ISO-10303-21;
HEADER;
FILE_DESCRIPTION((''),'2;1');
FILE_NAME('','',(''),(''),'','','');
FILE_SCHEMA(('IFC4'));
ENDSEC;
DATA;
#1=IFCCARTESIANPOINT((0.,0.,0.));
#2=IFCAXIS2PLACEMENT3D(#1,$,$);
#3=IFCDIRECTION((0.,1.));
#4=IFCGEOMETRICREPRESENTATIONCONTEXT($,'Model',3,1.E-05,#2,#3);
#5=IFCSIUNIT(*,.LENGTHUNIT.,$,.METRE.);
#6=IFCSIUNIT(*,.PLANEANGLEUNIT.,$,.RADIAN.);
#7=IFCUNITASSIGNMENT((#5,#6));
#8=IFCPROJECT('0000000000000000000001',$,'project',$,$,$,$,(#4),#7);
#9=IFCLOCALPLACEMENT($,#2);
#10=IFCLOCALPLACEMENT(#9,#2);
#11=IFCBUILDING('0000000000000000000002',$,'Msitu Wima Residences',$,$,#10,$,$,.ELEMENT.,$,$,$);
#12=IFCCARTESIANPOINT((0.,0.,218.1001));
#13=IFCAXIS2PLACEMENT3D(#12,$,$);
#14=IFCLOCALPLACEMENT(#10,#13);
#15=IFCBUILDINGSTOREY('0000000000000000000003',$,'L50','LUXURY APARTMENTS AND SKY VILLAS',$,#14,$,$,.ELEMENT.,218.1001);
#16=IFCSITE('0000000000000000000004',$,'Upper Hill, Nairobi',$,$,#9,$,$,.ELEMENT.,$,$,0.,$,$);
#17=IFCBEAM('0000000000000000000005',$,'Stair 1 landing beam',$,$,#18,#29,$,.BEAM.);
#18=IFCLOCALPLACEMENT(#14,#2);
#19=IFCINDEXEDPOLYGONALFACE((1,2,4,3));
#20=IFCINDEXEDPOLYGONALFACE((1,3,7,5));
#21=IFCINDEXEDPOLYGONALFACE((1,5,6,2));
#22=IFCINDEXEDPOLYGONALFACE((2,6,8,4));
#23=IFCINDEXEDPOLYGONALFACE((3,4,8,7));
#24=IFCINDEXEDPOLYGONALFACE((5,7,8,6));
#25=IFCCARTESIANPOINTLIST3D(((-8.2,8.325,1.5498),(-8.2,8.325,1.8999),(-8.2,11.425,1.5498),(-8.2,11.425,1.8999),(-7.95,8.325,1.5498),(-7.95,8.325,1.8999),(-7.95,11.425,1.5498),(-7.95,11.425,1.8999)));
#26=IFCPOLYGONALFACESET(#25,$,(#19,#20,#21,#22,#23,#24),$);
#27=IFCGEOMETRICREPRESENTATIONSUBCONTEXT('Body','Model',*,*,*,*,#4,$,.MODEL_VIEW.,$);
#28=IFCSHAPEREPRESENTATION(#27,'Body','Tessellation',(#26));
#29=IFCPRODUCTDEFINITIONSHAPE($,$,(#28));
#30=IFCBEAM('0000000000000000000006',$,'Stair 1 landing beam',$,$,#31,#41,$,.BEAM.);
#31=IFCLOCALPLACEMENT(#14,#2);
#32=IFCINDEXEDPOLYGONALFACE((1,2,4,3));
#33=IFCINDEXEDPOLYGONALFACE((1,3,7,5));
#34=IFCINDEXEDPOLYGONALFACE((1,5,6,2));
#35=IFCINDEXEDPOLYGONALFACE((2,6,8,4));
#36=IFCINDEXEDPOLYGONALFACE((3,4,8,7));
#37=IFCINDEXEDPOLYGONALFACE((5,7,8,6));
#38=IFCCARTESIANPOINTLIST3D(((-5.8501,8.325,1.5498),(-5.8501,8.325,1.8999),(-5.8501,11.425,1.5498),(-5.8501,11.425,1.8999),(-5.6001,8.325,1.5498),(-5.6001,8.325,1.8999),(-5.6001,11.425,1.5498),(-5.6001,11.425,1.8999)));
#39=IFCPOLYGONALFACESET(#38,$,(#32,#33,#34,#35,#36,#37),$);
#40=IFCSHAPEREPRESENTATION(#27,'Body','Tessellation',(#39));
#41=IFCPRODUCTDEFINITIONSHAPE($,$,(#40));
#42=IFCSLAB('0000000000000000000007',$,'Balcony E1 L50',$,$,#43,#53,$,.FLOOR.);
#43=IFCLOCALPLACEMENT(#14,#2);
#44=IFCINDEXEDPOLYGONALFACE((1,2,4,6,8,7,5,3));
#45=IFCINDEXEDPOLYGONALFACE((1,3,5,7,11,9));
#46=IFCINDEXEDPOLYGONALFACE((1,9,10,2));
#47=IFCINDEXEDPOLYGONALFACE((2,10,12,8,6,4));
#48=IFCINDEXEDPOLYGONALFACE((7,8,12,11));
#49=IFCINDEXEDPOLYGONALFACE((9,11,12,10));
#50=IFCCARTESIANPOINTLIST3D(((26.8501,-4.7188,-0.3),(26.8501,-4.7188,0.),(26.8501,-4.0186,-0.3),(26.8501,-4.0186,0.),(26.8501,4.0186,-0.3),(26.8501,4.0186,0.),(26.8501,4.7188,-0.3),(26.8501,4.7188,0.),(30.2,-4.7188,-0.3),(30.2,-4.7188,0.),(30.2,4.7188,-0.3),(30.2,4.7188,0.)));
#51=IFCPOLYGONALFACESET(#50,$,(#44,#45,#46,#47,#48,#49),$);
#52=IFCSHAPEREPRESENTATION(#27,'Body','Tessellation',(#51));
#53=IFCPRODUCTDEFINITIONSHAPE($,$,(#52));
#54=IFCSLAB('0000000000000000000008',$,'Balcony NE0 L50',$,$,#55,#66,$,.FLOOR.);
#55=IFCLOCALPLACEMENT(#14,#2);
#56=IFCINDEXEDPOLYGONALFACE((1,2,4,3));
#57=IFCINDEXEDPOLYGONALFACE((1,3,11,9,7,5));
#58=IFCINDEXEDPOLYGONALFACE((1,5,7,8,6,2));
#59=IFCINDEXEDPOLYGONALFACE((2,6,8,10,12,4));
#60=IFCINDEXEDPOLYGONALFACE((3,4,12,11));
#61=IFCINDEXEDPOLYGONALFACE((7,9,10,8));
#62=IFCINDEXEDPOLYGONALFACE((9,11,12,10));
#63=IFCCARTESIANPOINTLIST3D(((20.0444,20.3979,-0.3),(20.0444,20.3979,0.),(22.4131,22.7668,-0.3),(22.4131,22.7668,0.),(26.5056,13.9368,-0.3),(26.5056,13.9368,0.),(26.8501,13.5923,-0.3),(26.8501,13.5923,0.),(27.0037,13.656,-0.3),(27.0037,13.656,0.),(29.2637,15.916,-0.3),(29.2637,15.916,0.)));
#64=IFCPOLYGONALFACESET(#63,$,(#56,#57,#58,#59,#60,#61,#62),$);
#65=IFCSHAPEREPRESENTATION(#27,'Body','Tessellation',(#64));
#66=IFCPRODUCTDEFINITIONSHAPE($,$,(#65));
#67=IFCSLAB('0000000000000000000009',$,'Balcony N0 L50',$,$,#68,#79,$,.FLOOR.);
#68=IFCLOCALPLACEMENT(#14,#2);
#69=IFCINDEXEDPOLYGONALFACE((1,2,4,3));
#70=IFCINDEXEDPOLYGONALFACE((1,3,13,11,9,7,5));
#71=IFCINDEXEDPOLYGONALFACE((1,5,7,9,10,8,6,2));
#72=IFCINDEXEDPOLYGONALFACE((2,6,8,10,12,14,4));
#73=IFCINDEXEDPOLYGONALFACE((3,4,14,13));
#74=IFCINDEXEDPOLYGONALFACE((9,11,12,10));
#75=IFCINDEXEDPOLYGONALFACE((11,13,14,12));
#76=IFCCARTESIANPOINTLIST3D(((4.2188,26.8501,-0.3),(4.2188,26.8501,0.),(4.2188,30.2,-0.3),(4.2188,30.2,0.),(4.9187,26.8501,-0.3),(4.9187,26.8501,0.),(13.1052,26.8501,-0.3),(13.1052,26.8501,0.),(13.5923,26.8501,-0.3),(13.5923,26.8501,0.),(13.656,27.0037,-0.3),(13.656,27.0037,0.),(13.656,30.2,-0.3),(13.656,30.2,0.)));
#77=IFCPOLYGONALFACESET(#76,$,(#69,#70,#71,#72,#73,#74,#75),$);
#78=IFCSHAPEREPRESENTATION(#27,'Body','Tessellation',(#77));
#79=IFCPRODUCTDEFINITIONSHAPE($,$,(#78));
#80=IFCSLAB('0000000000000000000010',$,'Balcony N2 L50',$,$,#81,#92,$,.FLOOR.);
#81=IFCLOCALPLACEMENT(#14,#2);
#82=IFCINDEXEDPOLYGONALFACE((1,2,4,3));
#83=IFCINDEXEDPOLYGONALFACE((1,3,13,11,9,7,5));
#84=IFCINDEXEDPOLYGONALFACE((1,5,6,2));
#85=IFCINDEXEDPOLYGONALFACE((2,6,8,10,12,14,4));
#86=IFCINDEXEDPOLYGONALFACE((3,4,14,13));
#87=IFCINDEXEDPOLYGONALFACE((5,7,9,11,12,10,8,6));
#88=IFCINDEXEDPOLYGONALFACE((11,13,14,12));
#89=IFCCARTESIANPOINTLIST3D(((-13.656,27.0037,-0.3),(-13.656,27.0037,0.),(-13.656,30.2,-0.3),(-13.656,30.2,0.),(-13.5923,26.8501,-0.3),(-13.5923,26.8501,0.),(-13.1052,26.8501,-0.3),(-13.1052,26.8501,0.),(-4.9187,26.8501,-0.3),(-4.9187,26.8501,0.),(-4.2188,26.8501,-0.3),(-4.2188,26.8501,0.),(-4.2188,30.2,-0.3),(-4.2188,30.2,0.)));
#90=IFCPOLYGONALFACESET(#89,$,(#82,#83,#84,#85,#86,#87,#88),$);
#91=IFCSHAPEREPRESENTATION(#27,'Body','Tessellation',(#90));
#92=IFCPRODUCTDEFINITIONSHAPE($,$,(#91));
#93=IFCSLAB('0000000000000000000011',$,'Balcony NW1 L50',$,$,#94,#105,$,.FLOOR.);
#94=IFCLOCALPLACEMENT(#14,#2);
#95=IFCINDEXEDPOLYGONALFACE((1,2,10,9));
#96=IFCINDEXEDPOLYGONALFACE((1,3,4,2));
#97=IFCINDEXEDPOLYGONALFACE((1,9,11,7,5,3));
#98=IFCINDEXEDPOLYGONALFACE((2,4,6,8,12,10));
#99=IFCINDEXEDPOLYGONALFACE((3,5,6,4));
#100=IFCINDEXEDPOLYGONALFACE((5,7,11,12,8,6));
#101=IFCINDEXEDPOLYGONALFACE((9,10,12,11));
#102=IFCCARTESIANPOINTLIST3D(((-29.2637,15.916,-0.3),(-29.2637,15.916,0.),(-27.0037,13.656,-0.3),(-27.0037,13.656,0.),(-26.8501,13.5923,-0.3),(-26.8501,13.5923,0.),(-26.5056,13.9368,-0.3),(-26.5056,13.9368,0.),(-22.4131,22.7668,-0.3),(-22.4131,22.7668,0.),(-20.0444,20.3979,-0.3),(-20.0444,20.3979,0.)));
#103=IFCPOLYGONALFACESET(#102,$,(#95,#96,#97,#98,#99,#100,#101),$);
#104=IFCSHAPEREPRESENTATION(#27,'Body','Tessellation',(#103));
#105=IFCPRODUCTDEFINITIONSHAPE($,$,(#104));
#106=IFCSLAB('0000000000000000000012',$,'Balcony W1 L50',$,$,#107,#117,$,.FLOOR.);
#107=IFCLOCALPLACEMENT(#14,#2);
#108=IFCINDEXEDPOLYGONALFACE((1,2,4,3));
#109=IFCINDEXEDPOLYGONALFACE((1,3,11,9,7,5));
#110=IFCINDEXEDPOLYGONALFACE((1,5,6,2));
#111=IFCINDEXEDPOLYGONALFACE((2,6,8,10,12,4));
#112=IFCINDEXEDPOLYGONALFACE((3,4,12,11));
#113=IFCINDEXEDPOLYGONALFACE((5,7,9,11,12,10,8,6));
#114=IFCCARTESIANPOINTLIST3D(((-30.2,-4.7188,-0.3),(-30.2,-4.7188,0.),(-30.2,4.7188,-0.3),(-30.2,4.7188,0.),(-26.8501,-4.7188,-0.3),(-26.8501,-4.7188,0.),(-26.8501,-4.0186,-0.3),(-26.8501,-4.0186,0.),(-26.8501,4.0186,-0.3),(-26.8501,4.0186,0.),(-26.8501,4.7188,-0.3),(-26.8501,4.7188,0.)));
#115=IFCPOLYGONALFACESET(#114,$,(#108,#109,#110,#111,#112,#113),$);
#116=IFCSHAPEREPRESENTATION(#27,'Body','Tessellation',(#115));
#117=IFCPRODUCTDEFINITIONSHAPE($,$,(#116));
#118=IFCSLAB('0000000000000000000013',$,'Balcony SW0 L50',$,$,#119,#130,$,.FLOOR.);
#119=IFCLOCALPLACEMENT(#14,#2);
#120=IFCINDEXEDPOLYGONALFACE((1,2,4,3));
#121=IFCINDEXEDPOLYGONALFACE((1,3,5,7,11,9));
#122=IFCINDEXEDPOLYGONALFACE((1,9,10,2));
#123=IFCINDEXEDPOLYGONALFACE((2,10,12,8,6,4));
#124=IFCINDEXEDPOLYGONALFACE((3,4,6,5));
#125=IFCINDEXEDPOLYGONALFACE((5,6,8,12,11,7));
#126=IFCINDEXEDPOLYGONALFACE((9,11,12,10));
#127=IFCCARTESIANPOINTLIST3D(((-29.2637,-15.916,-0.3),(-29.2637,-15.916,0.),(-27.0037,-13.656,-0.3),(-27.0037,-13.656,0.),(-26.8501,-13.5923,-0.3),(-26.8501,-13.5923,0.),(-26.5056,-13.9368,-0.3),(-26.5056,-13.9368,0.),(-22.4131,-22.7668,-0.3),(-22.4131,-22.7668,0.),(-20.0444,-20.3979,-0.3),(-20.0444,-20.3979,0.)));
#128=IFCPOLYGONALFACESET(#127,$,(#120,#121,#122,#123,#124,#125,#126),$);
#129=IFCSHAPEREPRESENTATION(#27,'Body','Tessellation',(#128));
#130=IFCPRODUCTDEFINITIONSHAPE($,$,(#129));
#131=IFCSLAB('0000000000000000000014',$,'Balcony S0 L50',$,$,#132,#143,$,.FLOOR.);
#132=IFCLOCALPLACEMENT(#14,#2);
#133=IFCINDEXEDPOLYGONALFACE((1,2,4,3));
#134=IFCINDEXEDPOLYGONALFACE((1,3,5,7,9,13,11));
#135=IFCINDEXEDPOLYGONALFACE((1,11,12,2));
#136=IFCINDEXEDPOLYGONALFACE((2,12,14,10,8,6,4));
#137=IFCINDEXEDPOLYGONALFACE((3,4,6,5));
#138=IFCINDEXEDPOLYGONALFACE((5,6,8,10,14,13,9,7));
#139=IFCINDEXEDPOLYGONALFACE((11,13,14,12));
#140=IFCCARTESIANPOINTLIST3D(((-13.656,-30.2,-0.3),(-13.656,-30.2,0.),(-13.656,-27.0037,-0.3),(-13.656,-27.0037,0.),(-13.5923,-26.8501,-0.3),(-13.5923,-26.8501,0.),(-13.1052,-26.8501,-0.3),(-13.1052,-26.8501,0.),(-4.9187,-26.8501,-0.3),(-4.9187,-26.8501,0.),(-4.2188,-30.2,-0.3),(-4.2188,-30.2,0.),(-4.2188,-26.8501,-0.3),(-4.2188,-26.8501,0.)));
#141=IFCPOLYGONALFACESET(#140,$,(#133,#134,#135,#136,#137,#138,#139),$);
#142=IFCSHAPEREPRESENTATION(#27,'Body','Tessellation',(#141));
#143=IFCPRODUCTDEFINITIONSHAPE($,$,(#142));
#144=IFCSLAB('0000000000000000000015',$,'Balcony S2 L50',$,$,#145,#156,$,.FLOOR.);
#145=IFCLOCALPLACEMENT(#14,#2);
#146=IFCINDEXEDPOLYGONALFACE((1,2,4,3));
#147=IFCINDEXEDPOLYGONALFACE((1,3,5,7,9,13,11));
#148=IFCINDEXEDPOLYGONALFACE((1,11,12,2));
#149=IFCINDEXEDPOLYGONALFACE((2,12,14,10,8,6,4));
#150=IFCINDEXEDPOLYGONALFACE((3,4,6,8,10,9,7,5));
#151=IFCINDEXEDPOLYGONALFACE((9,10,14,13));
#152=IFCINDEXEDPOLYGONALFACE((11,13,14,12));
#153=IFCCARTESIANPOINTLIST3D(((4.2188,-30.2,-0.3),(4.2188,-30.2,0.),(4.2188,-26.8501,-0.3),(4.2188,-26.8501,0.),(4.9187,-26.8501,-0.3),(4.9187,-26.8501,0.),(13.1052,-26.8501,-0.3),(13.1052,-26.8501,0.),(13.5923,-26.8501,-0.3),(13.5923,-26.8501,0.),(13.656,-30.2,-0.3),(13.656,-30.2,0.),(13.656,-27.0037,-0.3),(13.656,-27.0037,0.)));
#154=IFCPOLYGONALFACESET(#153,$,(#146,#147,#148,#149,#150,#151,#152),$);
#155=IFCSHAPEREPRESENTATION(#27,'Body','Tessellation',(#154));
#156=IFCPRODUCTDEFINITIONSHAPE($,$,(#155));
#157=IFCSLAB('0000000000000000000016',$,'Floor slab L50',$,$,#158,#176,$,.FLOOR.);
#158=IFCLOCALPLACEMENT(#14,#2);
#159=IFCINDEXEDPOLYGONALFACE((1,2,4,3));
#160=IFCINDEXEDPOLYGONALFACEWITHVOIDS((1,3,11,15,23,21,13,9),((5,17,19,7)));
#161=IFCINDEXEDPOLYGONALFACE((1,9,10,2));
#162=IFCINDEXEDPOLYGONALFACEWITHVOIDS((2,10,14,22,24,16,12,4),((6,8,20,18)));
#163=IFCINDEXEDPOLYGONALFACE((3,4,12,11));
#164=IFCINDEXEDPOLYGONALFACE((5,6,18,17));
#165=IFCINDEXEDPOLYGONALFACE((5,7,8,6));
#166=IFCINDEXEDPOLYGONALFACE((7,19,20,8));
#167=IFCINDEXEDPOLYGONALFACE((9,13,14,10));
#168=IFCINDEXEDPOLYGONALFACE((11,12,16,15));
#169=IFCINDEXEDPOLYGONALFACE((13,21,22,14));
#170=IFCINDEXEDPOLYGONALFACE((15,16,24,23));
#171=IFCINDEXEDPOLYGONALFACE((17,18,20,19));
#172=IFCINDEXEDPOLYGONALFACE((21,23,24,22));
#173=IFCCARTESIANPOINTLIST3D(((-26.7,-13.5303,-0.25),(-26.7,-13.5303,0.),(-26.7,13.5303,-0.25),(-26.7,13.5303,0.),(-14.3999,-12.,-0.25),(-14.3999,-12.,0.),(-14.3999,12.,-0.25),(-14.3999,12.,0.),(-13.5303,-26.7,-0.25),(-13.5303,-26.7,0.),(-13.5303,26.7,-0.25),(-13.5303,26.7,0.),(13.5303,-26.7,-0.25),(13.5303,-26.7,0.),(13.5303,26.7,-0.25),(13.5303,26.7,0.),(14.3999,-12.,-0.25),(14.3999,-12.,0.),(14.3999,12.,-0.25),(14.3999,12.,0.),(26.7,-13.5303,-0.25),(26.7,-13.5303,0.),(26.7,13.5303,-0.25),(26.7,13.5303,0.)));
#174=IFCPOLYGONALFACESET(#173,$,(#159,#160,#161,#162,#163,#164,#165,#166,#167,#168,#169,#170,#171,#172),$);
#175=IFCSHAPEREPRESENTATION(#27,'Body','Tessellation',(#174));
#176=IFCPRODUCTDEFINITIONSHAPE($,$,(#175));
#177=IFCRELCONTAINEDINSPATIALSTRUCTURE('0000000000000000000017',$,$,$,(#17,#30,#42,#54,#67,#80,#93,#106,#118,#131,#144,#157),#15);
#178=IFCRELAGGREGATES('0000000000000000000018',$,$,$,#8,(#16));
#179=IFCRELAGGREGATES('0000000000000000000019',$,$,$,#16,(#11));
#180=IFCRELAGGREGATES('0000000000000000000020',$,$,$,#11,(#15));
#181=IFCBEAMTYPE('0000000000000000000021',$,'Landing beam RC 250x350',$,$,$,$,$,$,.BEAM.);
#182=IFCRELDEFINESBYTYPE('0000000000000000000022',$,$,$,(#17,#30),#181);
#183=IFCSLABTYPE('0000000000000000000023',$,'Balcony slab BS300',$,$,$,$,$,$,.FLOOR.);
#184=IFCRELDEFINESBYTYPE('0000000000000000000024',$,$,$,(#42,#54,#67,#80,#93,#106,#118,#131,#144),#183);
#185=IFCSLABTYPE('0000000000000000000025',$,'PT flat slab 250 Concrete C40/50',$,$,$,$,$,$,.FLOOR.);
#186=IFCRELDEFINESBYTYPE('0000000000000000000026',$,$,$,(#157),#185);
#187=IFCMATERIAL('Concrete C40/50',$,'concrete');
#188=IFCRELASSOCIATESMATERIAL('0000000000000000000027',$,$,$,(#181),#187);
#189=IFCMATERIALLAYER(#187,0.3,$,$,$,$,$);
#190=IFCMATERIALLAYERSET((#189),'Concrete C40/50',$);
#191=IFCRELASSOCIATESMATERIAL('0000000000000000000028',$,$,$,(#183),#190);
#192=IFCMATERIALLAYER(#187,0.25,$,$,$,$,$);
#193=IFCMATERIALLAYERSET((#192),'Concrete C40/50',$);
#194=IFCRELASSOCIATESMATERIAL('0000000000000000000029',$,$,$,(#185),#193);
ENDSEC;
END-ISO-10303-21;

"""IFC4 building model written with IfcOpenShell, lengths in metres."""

from ifc_helpers import new_model, si_unit, direction, frame, origin, origin_2d, place, context, subcontext, project, spatial, polyline, rectangle, outline, extrude, material, layer, layer_set, material_profile, profile_set, type_object, element, save


model = new_model("IFC4")

# Units and contexts
model_context = context("Model", 3, precision=1e-05, world=origin(), true_north=direction((0.0, 1.0)))
body_context = subcontext(model_context, "Body", "Model", "MODEL_VIEW")
ifc_project = project(units=[si_unit("LENGTHUNIT", "METRE"), si_unit("PLANEANGLEUNIT", "RADIAN")], contexts=[model_context])

# Site, building, storey
site_placement = place(None, origin())
site = spatial("IfcSite", under=ifc_project, at=site_placement, Name="Upper Hill, Nairobi", CompositionType="ELEMENT", RefElevation=0.0)
building_placement = place(site_placement, origin())
building = spatial("IfcBuilding", under=site, at=building_placement, Name="Msitu Wima Residences", CompositionType="ELEMENT")
storey_placement = place(building_placement, frame((0.0, 0.0, 218.1001)))
storey = spatial("IfcBuildingStorey", under=building, at=storey_placement, Name="L50", Description="LUXURY APARTMENTS AND SKY VILLAS", CompositionType="ELEMENT", Elevation=218.1001)

# Beams
ifc_material_1 = material(Name="Concrete C40/50", Category="concrete")
ifc_material_profile = material_profile(ifc_material_1, rectangle(XDim=0.25, YDim=0.3501, at=origin_2d()), Name="RC 250x350")
ifc_profile_set = profile_set([ifc_material_profile], Name="Concrete C40/50")
beam_type = type_object("IfcBeamType", Name="Landing beam RC 250x350", PredefinedType="BEAM", material=ifc_profile_set)
for number, where, z_axis, x_axis, name in (
    (1, (-8.075, 8.325, 1.7249), (0.0, 1.0, 0.0), (-1.0, 0.0, 0.0), "Stair 1 landing beam"),
    (2, (-5.7251, 8.325, 1.7249), (0.0, 1.0, 0.0), (-1.0, 0.0, 0.0), "Stair 1 landing beam"),
):
    element("IfcBeam", number, at=place(storey_placement, frame(where, z_axis=z_axis, x_axis=x_axis)), inside=storey, type_object=beam_type, Name=name, PredefinedType="BEAM", context=body_context, shape_type="SweptSolid", body=[
        extrude(rectangle(XDim=0.25, YDim=0.3501, at=origin_2d()), origin(), (0.0, 0.0, 1.0), 3.1001),
    ])

# Slabs
ifc_layer_1 = layer(ifc_material_1, 0.3)
ifc_layer_set_1 = layer_set([ifc_layer_1], Name="Concrete C40/50")
slab_type_1 = type_object("IfcSlabType", Name="Balcony slab BS300", PredefinedType="FLOOR", material=ifc_layer_set_1)
slab_1_placement = place(storey_placement, frame((0.0, 0.0, -0.3)))
element("IfcSlab", 3, at=slab_1_placement, inside=storey, type_object=slab_type_1, Name="Balcony E1 L50", PredefinedType="FLOOR", context=body_context, shape_type="SweptSolid", body=[
    extrude(outline(polyline([(26.8501, -4.0186), (26.8501, 4.0186), (26.8501, 4.7188), (30.2, 4.7188), (30.2, -4.7188), (26.8501, -4.7188), (26.8501, -4.0186)])), origin(), (0.0, 0.0, 1.0), 0.3),
])
slab_2_placement = place(storey_placement, frame((0.0, 0.0, -0.3)))
element("IfcSlab", 4, at=slab_2_placement, inside=storey, type_object=slab_type_1, Name="Balcony NE0 L50", PredefinedType="FLOOR", context=body_context, shape_type="SweptSolid", body=[
    extrude(outline(polyline([(26.5056, 13.9368), (26.5056, 13.9368), (20.0444, 20.3979), (22.4131, 22.7668), (29.2637, 15.916), (27.0037, 13.656), (26.8501, 13.5923), (26.5056, 13.9368), (26.5056, 13.9368)])), origin(), (0.0, 0.0, 1.0), 0.3),
])
slab_3_placement = place(storey_placement, frame((0.0, 0.0, -0.3)))
element("IfcSlab", 5, at=slab_3_placement, inside=storey, type_object=slab_type_1, Name="Balcony N0 L50", PredefinedType="FLOOR", context=body_context, shape_type="SweptSolid", body=[
    extrude(outline(polyline([(13.1052, 26.8501), (13.1052, 26.8501), (4.9187, 26.8501), (4.2188, 26.8501), (4.2188, 30.2), (13.656, 30.2), (13.656, 27.0037), (13.5923, 26.8501), (13.1052, 26.8501), (13.1052, 26.8501)])), origin(), (0.0, 0.0, 1.0), 0.3),
])
slab_4_placement = place(storey_placement, frame((0.0, 0.0, -0.3)))
element("IfcSlab", 6, at=slab_4_placement, inside=storey, type_object=slab_type_1, Name="Balcony N2 L50", PredefinedType="FLOOR", context=body_context, shape_type="SweptSolid", body=[
    extrude(outline(polyline([(-13.1052, 26.8501), (-13.1052, 26.8501), (-13.1052, 26.8501), (-13.5923, 26.8501), (-13.656, 27.0037), (-13.656, 30.2), (-4.2188, 30.2), (-4.2188, 26.8501), (-4.9187, 26.8501), (-13.1052, 26.8501)])), origin(), (0.0, 0.0, 1.0), 0.3),
])
slab_5_placement = place(storey_placement, frame((0.0, 0.0, -0.3)))
element("IfcSlab", 7, at=slab_5_placement, inside=storey, type_object=slab_type_1, Name="Balcony NW1 L50", PredefinedType="FLOOR", context=body_context, shape_type="SweptSolid", body=[
    extrude(outline(polyline([(-26.5056, 13.9368), (-26.5056, 13.9368), (-26.8501, 13.5923), (-27.0037, 13.656), (-29.2637, 15.916), (-22.4131, 22.7668), (-20.0444, 20.3979), (-26.5056, 13.9368), (-26.5056, 13.9368)])), origin(), (0.0, 0.0, 1.0), 0.3),
])
slab_6_placement = place(storey_placement, frame((0.0, 0.0, -0.3)))
element("IfcSlab", 8, at=slab_6_placement, inside=storey, type_object=slab_type_1, Name="Balcony W1 L50", PredefinedType="FLOOR", context=body_context, shape_type="SweptSolid", body=[
    extrude(outline(polyline([(-26.8501, 4.0186), (-26.8501, -4.0186), (-26.8501, -4.7188), (-30.2, -4.7188), (-30.2, 4.7188), (-26.8501, 4.7188), (-26.8501, 4.0186)])), origin(), (0.0, 0.0, 1.0), 0.3),
])
slab_7_placement = place(storey_placement, frame((0.0, 0.0, -0.3)))
element("IfcSlab", 9, at=slab_7_placement, inside=storey, type_object=slab_type_1, Name="Balcony SW0 L50", PredefinedType="FLOOR", context=body_context, shape_type="SweptSolid", body=[
    extrude(outline(polyline([(-26.5056, -13.9368), (-26.5056, -13.9368), (-20.0444, -20.3979), (-22.4131, -22.7668), (-29.2637, -15.916), (-27.0037, -13.656), (-26.8501, -13.5923), (-26.5056, -13.9368), (-26.5056, -13.9368)])), origin(), (0.0, 0.0, 1.0), 0.3),
])
slab_8_placement = place(storey_placement, frame((0.0, 0.0, -0.3)))
element("IfcSlab", 10, at=slab_8_placement, inside=storey, type_object=slab_type_1, Name="Balcony S0 L50", PredefinedType="FLOOR", context=body_context, shape_type="SweptSolid", body=[
    extrude(outline(polyline([(-13.1052, -26.8501), (-13.1052, -26.8501), (-4.9187, -26.8501), (-4.2188, -26.8501), (-4.2188, -30.2), (-13.656, -30.2), (-13.656, -27.0037), (-13.5923, -26.8501), (-13.1052, -26.8501), (-13.1052, -26.8501)])), origin(), (0.0, 0.0, 1.0), 0.3),
])
slab_9_placement = place(storey_placement, frame((0.0, 0.0, -0.3)))
element("IfcSlab", 11, at=slab_9_placement, inside=storey, type_object=slab_type_1, Name="Balcony S2 L50", PredefinedType="FLOOR", context=body_context, shape_type="SweptSolid", body=[
    extrude(outline(polyline([(13.1052, -26.8501), (13.1052, -26.8501), (13.1052, -26.8501), (13.5923, -26.8501), (13.656, -27.0037), (13.656, -30.2), (4.2188, -30.2), (4.2188, -26.8501), (4.9187, -26.8501), (13.1052, -26.8501)])), origin(), (0.0, 0.0, 1.0), 0.3),
])
ifc_layer_2 = layer(ifc_material_1, 0.25)
ifc_layer_set_2 = layer_set([ifc_layer_2], Name="Concrete C40/50")
slab_type_2 = type_object("IfcSlabType", Name="PT flat slab 250 Concrete C40/50", PredefinedType="FLOOR", material=ifc_layer_set_2)
slab_10_placement = place(storey_placement, frame((0.0, 0.0, -0.25)))
element("IfcSlab", 12, at=slab_10_placement, inside=storey, type_object=slab_type_2, Name="Floor slab L50", PredefinedType="FLOOR", context=body_context, shape_type="SweptSolid", body=[
    extrude(outline(polyline([(26.7, -13.5303), (13.5303, -26.7), (-13.5303, -26.7), (-26.7, -13.5303), (-26.7, 13.5303), (-13.5303, 26.7), (13.5303, 26.7), (26.7, 13.5303), (26.7, -13.5303)]), holes=[polyline([(-14.3999, -12.0), (14.3999, -12.0), (14.3999, 12.0), (-14.3999, 12.0), (-14.3999, -12.0)])]), origin(), (0.0, 0.0, 1.0), 0.25),
])

save(model, "model.ifc")
